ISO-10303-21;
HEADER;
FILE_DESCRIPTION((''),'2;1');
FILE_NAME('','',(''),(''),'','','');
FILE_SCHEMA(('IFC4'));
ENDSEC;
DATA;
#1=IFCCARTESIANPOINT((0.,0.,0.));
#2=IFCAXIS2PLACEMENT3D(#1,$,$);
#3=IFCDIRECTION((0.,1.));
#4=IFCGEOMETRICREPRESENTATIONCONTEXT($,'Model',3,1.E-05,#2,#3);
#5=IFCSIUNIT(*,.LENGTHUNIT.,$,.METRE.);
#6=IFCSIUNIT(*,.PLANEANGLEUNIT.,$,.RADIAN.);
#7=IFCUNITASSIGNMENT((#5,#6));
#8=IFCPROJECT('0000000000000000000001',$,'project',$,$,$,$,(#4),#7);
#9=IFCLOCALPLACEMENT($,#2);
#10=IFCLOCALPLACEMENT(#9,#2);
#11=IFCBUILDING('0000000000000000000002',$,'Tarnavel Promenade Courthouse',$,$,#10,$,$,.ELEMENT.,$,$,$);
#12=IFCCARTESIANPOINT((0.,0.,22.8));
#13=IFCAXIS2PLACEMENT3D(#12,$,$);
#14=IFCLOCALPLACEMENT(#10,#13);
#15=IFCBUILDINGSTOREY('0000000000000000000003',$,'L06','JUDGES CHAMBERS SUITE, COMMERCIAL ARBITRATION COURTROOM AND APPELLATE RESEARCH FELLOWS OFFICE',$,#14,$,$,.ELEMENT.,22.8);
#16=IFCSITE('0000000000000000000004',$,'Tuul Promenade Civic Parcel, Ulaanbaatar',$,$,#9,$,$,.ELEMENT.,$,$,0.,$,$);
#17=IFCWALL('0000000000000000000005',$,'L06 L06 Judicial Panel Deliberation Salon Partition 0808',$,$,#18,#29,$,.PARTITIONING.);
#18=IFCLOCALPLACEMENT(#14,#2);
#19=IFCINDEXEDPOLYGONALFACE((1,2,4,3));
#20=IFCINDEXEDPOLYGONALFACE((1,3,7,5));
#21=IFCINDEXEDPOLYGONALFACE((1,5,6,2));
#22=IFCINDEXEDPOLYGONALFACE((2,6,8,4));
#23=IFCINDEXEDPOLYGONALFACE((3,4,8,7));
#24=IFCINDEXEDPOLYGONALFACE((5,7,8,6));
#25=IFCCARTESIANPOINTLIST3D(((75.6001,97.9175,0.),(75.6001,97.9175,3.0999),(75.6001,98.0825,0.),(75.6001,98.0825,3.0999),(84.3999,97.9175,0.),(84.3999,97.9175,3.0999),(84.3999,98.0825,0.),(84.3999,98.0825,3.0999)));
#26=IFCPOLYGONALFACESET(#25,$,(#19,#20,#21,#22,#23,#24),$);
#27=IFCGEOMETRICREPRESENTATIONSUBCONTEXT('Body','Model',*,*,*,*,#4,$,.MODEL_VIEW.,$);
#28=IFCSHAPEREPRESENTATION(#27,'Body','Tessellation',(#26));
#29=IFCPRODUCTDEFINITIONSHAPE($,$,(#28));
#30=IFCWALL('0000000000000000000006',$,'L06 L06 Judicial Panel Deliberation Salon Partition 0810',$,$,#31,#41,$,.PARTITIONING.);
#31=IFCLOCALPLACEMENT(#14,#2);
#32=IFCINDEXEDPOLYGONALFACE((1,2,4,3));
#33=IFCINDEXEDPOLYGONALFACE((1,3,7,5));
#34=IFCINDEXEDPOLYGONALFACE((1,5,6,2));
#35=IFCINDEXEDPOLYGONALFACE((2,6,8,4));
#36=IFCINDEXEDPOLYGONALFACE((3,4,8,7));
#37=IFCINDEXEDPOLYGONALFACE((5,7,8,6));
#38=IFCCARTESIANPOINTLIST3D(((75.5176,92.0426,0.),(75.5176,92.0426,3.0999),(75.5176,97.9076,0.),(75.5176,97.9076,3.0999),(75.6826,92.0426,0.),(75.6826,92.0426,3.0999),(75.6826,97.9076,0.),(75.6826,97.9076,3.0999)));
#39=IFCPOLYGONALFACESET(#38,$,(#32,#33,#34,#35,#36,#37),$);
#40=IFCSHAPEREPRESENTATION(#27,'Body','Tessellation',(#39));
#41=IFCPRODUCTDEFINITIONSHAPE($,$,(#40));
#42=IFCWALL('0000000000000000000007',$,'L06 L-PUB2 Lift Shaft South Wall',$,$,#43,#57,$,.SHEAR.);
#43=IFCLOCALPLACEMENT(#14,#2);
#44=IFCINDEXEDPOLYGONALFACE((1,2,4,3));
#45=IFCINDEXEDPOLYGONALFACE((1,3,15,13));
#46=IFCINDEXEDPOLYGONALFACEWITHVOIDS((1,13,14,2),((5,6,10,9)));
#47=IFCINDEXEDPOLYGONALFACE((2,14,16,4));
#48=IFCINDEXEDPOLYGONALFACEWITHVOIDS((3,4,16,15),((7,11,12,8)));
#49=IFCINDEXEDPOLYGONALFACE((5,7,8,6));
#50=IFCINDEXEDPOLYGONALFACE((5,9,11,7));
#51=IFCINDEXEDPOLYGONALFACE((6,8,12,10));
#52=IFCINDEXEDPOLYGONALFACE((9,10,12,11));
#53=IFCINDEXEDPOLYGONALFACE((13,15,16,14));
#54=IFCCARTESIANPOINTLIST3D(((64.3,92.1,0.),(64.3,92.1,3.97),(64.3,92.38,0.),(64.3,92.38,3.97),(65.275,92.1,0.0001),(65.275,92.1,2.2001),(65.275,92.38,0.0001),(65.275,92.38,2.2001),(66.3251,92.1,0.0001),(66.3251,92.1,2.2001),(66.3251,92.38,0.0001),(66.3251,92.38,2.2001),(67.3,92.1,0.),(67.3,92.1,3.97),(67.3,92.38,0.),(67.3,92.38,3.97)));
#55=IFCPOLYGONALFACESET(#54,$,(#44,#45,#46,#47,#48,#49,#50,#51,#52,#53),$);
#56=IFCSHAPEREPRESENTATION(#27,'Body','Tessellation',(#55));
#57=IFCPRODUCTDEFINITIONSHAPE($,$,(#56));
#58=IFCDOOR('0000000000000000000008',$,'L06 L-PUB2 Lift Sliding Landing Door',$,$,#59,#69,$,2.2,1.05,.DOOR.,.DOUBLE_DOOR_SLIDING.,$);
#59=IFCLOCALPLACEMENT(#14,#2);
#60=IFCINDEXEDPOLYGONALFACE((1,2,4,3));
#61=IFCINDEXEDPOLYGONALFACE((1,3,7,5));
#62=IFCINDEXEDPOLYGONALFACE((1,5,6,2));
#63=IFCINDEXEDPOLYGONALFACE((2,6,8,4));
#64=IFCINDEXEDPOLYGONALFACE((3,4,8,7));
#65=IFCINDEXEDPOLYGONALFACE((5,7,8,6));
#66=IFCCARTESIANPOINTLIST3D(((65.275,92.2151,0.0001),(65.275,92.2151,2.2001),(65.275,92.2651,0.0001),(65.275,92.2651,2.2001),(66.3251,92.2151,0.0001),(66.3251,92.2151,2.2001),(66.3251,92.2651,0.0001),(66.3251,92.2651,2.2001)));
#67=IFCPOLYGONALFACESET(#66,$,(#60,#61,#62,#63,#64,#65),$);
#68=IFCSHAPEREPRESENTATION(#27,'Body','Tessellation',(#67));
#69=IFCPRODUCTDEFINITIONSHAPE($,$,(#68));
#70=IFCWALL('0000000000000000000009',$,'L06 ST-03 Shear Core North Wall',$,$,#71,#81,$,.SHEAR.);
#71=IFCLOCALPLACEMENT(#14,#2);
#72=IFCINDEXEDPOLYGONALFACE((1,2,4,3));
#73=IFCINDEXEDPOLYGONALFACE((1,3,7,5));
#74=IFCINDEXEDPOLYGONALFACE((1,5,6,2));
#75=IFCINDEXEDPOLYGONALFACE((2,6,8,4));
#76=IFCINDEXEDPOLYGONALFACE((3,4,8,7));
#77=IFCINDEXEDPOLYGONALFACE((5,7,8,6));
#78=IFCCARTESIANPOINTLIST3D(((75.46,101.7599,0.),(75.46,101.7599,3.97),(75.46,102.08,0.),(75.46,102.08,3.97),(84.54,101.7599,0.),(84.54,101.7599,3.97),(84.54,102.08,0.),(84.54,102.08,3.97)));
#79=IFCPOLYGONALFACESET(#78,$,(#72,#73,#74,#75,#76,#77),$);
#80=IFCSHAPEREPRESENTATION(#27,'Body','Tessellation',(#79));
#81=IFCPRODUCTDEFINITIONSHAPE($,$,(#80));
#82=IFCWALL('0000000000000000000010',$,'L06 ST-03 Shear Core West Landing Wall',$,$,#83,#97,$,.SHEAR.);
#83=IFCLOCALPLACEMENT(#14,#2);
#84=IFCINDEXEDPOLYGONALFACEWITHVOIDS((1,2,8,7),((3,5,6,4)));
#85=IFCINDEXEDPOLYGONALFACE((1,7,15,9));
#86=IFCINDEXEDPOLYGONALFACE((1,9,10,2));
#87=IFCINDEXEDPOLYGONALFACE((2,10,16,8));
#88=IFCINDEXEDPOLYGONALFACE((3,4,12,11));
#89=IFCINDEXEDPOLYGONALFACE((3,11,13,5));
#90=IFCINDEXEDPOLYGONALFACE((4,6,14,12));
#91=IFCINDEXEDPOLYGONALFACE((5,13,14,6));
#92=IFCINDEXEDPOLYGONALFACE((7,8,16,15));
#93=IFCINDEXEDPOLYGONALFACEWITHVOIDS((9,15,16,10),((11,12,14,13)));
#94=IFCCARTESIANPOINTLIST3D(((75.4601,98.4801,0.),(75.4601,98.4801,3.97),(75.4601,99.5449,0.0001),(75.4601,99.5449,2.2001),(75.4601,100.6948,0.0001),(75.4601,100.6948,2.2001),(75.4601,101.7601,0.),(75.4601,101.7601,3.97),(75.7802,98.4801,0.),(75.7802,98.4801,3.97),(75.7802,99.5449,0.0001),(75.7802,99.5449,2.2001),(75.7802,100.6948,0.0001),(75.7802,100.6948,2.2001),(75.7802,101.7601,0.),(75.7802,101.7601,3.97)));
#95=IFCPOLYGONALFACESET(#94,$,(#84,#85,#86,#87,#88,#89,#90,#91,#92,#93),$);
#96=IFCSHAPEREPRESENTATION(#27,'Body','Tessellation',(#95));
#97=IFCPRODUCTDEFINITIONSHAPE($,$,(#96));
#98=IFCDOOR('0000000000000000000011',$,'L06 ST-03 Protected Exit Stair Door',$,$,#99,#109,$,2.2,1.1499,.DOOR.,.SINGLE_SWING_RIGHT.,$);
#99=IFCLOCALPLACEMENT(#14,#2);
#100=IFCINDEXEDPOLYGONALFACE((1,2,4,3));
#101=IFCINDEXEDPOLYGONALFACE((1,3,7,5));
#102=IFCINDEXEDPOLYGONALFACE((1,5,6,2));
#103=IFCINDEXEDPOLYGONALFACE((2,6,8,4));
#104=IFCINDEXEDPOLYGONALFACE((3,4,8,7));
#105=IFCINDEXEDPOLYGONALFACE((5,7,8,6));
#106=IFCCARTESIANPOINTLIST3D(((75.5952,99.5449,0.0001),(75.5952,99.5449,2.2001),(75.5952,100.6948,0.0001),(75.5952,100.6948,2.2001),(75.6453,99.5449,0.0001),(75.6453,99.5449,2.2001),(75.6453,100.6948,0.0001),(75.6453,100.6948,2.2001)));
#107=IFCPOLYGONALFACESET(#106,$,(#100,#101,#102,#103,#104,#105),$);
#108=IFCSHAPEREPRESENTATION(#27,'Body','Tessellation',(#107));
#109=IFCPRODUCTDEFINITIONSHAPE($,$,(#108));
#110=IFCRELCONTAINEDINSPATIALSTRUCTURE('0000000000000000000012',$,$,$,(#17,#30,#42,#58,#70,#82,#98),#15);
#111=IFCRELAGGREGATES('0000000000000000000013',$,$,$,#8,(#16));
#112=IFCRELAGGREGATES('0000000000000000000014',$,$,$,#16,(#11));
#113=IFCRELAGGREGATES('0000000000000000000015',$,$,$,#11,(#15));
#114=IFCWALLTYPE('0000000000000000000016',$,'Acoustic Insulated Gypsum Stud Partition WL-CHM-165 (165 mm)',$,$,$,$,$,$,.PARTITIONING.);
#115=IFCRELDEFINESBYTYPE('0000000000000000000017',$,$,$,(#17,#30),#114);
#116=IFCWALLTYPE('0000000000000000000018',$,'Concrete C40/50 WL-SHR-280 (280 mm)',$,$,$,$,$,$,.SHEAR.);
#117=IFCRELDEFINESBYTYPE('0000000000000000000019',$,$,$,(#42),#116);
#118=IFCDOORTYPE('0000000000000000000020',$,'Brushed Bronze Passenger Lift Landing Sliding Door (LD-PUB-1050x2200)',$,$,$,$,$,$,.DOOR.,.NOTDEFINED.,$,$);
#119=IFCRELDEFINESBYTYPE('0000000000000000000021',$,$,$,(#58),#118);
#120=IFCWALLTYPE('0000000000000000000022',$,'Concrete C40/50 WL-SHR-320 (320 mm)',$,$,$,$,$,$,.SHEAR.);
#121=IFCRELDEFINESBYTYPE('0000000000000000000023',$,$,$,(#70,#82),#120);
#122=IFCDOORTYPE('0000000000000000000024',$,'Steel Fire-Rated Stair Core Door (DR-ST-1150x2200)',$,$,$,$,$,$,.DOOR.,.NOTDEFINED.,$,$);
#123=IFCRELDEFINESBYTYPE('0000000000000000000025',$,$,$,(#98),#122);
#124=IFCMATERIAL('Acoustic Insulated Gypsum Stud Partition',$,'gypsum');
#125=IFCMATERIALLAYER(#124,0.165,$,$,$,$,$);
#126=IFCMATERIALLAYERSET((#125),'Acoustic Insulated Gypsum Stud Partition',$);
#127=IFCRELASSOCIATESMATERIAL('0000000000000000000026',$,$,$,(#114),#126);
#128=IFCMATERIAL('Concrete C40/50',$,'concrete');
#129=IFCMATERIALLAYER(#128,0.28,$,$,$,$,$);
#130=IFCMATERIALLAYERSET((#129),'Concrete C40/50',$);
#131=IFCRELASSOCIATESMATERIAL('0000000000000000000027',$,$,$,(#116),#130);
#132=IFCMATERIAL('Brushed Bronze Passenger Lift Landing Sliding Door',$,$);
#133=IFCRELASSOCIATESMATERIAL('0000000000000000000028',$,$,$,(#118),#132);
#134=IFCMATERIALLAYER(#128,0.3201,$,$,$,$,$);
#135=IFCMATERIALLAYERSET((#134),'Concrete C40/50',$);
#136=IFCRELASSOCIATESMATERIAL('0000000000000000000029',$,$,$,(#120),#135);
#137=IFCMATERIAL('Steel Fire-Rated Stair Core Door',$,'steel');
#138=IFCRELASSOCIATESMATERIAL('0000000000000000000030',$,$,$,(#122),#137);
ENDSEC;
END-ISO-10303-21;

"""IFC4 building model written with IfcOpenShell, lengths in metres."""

from ifc_helpers import new_model, si_unit, direction, frame, frame_2d, origin, place, context, subcontext, project, spatial, rectangle, extrude, material, layer, layer_set, type_object, element, fill, save


model = new_model("IFC4")

# Units and contexts
model_context = context("Model", 3, precision=1e-05, world=origin(), true_north=direction((0.0, 1.0)))
body_context = subcontext(model_context, "Body", "Model", "MODEL_VIEW")
ifc_project = project(units=[si_unit("LENGTHUNIT", "METRE"), si_unit("PLANEANGLEUNIT", "RADIAN")], contexts=[model_context])

# Site, building, storey
site_placement = place(None, origin())
site = spatial("IfcSite", under=ifc_project, at=site_placement, Name="Tuul Promenade Civic Parcel, Ulaanbaatar", CompositionType="ELEMENT", RefElevation=0.0)
building_placement = place(site_placement, origin())
building = spatial("IfcBuilding", under=site, at=building_placement, Name="Tarnavel Promenade Courthouse", CompositionType="ELEMENT")
storey_placement = place(building_placement, frame((0.0, 0.0, 22.8)))
storey = spatial("IfcBuildingStorey", under=building, at=storey_placement, Name="L06", Description="JUDGES CHAMBERS SUITE, COMMERCIAL ARBITRATION COURTROOM AND APPELLATE RESEARCH FELLOWS OFFICE", CompositionType="ELEMENT", Elevation=22.8)

# Shared definitions
ifc_material_1 = material(Name="Concrete C40/50", Category="concrete")

# Shared definitions
ifc_material_2 = material(Name="Acoustic Insulated Gypsum Stud Partition", Category="gypsum")
ifc_layer_1 = layer(ifc_material_2, 0.165)
ifc_layer_set_1 = layer_set([ifc_layer_1], Name="Acoustic Insulated Gypsum Stud Partition")
wall_type_1 = type_object("IfcWallType", Name="Acoustic Insulated Gypsum Stud Partition WL-CHM-165 (165 mm)", PredefinedType="PARTITIONING", material=ifc_layer_set_1)

# Walls
wall_1_placement = place(storey_placement, frame((75.6001, 98.0, 0.0), z_axis=(0.0, 0.0, 1.0), x_axis=(1.0, 0.0, 0.0)))
element("IfcWall", 1, at=wall_1_placement, inside=storey, type_object=wall_type_1, Name="L06 L06 Judicial Panel Deliberation Salon Partition 0808", PredefinedType="PARTITIONING", context=body_context, shape_type="SweptSolid", body=[
    extrude(rectangle(XDim=8.7998, YDim=0.165, at=frame_2d((4.3999, 0.0))), origin(), (0.0, 0.0, 1.0), 3.0999),
])
wall_2_placement = place(storey_placement, frame((75.6001, 92.0425, 0.0), z_axis=(0.0, 0.0, 1.0), x_axis=(0.0, 1.0, 0.0)))
element("IfcWall", 2, at=wall_2_placement, inside=storey, type_object=wall_type_1, Name="L06 L06 Judicial Panel Deliberation Salon Partition 0810", PredefinedType="PARTITIONING", context=body_context, shape_type="SweptSolid", body=[
    extrude(rectangle(XDim=5.865, YDim=0.165, at=frame_2d((2.9326, 0.0))), origin(), (0.0, 0.0, 1.0), 3.0999),
])

# Wall, opening, door
ifc_layer_2 = layer(ifc_material_1, 0.28)
ifc_layer_set_2 = layer_set([ifc_layer_2], Name="Concrete C40/50")
wall_type_2 = type_object("IfcWallType", Name="Concrete C40/50 WL-SHR-280 (280 mm)", PredefinedType="SHEAR", material=ifc_layer_set_2)
wall_3_placement = place(storey_placement, frame((67.3, 92.24, 0.0), z_axis=(0.0, 0.0, 1.0), x_axis=(-1.0, 0.0, 0.0)))
wall_3 = element("IfcWall", 3, at=wall_3_placement, inside=storey, type_object=wall_type_2, Name="L06 L-PUB2 Lift Shaft South Wall", PredefinedType="SHEAR", context=body_context, shape_type="SweptSolid", body=[
    extrude(rectangle(XDim=3.0, YDim=0.28, at=frame_2d((1.5, 0.0))), origin(), (0.0, 0.0, 1.0), 3.97),
])
opening_1_placement = place(wall_3_placement, frame((0.9751, 0.0, 0.0)))
opening_1 = element("IfcOpeningElement", 4, at=opening_1_placement, cuts=wall_3, PredefinedType="OPENING", context=body_context, shape_type="SweptSolid", body=[
    extrude(rectangle(XDim=1.05, YDim=2.2, at=frame_2d((0.5249, 1.1001))), frame((0.0, 0.1499, 0.0), z_axis=(0.0, -1.0, 0.0), x_axis=(1.0, 0.0, 0.0)), (0.0, 0.0, 1.0), 0.3),
])
ifc_material_3 = material(Name="Brushed Bronze Passenger Lift Landing Sliding Door")
door_type_1 = type_object("IfcDoorType", Name="Brushed Bronze Passenger Lift Landing Sliding Door (LD-PUB-1050x2200)", OperationType="NOTDEFINED", PredefinedType="DOOR", material=ifc_material_3)
door_1_placement = place(opening_1_placement, origin())
door_1 = element("IfcDoor", 5, at=door_1_placement, inside=storey, type_object=door_type_1, Name="L06 L-PUB2 Lift Sliding Landing Door", OperationType="DOUBLE_DOOR_SLIDING", OverallHeight=2.2, OverallWidth=1.05, PredefinedType="DOOR", context=body_context, shape_type="SweptSolid", body=[
    extrude(rectangle(XDim=1.05, YDim=2.2, at=frame_2d((0.5249, 1.1001))), frame((0.0, 0.0249, 0.0), z_axis=(0.0, -1.0, 0.0), x_axis=(1.0, 0.0, 0.0)), (0.0, 0.0, 1.0), 0.05),
])
fill(opening_1, door_1)

# Wall
ifc_layer_3 = layer(ifc_material_1, 0.3201)
ifc_layer_set_3 = layer_set([ifc_layer_3], Name="Concrete C40/50")
wall_type_3 = type_object("IfcWallType", Name="Concrete C40/50 WL-SHR-320 (320 mm)", PredefinedType="SHEAR", material=ifc_layer_set_3)
wall_4_placement = place(storey_placement, frame((75.46, 101.9199, 0.0), z_axis=(0.0, 0.0, 1.0), x_axis=(1.0, 0.0, 0.0)))
element("IfcWall", 6, at=wall_4_placement, inside=storey, type_object=wall_type_3, Name="L06 ST-03 Shear Core North Wall", PredefinedType="SHEAR", context=body_context, shape_type="SweptSolid", body=[
    extrude(rectangle(XDim=9.0801, YDim=0.3201, at=frame_2d((4.54, 0.0))), origin(), (0.0, 0.0, 1.0), 3.97),
])

# Wall, opening, door
wall_5_placement = place(storey_placement, frame((75.6201, 98.48, 0.0), z_axis=(0.0, 0.0, 1.0), x_axis=(0.0, 1.0, 0.0)))
wall_5 = element("IfcWall", 7, at=wall_5_placement, inside=storey, type_object=wall_type_3, Name="L06 ST-03 Shear Core West Landing Wall", PredefinedType="SHEAR", context=body_context, shape_type="SweptSolid", body=[
    extrude(rectangle(XDim=3.28, YDim=0.3201, at=frame_2d((1.6401, 0.0))), origin(), (0.0, 0.0, 1.0), 3.97),
])
opening_2_placement = place(wall_5_placement, frame((1.0649, 0.0, 0.0)))
opening_2 = element("IfcOpeningElement", 8, at=opening_2_placement, cuts=wall_5, PredefinedType="OPENING", context=body_context, shape_type="SweptSolid", body=[
    extrude(rectangle(XDim=1.1499, YDim=2.2, at=frame_2d((0.575, 1.1001))), frame((0.0, 0.1699, 0.0), z_axis=(0.0, -1.0, 0.0), x_axis=(1.0, 0.0, 0.0)), (0.0, 0.0, 1.0), 0.3401),
])
ifc_material_4 = material(Name="Steel Fire-Rated Stair Core Door", Category="steel")
door_type_2 = type_object("IfcDoorType", Name="Steel Fire-Rated Stair Core Door (DR-ST-1150x2200)", OperationType="NOTDEFINED", PredefinedType="DOOR", material=ifc_material_4)
door_2_placement = place(opening_2_placement, origin())
door_2 = element("IfcDoor", 9, at=door_2_placement, inside=storey, type_object=door_type_2, Name="L06 ST-03 Protected Exit Stair Door", OperationType="SINGLE_SWING_RIGHT", OverallHeight=2.2, OverallWidth=1.1499, PredefinedType="DOOR", context=body_context, shape_type="SweptSolid", body=[
    extrude(rectangle(XDim=1.1499, YDim=2.2, at=frame_2d((0.575, 1.1001))), frame((0.0, 0.0249, 0.0), z_axis=(0.0, -1.0, 0.0), x_axis=(1.0, 0.0, 0.0)), (0.0, 0.0, 1.0), 0.05),
])
fill(opening_2, door_2)

save(model, "model.ifc")
